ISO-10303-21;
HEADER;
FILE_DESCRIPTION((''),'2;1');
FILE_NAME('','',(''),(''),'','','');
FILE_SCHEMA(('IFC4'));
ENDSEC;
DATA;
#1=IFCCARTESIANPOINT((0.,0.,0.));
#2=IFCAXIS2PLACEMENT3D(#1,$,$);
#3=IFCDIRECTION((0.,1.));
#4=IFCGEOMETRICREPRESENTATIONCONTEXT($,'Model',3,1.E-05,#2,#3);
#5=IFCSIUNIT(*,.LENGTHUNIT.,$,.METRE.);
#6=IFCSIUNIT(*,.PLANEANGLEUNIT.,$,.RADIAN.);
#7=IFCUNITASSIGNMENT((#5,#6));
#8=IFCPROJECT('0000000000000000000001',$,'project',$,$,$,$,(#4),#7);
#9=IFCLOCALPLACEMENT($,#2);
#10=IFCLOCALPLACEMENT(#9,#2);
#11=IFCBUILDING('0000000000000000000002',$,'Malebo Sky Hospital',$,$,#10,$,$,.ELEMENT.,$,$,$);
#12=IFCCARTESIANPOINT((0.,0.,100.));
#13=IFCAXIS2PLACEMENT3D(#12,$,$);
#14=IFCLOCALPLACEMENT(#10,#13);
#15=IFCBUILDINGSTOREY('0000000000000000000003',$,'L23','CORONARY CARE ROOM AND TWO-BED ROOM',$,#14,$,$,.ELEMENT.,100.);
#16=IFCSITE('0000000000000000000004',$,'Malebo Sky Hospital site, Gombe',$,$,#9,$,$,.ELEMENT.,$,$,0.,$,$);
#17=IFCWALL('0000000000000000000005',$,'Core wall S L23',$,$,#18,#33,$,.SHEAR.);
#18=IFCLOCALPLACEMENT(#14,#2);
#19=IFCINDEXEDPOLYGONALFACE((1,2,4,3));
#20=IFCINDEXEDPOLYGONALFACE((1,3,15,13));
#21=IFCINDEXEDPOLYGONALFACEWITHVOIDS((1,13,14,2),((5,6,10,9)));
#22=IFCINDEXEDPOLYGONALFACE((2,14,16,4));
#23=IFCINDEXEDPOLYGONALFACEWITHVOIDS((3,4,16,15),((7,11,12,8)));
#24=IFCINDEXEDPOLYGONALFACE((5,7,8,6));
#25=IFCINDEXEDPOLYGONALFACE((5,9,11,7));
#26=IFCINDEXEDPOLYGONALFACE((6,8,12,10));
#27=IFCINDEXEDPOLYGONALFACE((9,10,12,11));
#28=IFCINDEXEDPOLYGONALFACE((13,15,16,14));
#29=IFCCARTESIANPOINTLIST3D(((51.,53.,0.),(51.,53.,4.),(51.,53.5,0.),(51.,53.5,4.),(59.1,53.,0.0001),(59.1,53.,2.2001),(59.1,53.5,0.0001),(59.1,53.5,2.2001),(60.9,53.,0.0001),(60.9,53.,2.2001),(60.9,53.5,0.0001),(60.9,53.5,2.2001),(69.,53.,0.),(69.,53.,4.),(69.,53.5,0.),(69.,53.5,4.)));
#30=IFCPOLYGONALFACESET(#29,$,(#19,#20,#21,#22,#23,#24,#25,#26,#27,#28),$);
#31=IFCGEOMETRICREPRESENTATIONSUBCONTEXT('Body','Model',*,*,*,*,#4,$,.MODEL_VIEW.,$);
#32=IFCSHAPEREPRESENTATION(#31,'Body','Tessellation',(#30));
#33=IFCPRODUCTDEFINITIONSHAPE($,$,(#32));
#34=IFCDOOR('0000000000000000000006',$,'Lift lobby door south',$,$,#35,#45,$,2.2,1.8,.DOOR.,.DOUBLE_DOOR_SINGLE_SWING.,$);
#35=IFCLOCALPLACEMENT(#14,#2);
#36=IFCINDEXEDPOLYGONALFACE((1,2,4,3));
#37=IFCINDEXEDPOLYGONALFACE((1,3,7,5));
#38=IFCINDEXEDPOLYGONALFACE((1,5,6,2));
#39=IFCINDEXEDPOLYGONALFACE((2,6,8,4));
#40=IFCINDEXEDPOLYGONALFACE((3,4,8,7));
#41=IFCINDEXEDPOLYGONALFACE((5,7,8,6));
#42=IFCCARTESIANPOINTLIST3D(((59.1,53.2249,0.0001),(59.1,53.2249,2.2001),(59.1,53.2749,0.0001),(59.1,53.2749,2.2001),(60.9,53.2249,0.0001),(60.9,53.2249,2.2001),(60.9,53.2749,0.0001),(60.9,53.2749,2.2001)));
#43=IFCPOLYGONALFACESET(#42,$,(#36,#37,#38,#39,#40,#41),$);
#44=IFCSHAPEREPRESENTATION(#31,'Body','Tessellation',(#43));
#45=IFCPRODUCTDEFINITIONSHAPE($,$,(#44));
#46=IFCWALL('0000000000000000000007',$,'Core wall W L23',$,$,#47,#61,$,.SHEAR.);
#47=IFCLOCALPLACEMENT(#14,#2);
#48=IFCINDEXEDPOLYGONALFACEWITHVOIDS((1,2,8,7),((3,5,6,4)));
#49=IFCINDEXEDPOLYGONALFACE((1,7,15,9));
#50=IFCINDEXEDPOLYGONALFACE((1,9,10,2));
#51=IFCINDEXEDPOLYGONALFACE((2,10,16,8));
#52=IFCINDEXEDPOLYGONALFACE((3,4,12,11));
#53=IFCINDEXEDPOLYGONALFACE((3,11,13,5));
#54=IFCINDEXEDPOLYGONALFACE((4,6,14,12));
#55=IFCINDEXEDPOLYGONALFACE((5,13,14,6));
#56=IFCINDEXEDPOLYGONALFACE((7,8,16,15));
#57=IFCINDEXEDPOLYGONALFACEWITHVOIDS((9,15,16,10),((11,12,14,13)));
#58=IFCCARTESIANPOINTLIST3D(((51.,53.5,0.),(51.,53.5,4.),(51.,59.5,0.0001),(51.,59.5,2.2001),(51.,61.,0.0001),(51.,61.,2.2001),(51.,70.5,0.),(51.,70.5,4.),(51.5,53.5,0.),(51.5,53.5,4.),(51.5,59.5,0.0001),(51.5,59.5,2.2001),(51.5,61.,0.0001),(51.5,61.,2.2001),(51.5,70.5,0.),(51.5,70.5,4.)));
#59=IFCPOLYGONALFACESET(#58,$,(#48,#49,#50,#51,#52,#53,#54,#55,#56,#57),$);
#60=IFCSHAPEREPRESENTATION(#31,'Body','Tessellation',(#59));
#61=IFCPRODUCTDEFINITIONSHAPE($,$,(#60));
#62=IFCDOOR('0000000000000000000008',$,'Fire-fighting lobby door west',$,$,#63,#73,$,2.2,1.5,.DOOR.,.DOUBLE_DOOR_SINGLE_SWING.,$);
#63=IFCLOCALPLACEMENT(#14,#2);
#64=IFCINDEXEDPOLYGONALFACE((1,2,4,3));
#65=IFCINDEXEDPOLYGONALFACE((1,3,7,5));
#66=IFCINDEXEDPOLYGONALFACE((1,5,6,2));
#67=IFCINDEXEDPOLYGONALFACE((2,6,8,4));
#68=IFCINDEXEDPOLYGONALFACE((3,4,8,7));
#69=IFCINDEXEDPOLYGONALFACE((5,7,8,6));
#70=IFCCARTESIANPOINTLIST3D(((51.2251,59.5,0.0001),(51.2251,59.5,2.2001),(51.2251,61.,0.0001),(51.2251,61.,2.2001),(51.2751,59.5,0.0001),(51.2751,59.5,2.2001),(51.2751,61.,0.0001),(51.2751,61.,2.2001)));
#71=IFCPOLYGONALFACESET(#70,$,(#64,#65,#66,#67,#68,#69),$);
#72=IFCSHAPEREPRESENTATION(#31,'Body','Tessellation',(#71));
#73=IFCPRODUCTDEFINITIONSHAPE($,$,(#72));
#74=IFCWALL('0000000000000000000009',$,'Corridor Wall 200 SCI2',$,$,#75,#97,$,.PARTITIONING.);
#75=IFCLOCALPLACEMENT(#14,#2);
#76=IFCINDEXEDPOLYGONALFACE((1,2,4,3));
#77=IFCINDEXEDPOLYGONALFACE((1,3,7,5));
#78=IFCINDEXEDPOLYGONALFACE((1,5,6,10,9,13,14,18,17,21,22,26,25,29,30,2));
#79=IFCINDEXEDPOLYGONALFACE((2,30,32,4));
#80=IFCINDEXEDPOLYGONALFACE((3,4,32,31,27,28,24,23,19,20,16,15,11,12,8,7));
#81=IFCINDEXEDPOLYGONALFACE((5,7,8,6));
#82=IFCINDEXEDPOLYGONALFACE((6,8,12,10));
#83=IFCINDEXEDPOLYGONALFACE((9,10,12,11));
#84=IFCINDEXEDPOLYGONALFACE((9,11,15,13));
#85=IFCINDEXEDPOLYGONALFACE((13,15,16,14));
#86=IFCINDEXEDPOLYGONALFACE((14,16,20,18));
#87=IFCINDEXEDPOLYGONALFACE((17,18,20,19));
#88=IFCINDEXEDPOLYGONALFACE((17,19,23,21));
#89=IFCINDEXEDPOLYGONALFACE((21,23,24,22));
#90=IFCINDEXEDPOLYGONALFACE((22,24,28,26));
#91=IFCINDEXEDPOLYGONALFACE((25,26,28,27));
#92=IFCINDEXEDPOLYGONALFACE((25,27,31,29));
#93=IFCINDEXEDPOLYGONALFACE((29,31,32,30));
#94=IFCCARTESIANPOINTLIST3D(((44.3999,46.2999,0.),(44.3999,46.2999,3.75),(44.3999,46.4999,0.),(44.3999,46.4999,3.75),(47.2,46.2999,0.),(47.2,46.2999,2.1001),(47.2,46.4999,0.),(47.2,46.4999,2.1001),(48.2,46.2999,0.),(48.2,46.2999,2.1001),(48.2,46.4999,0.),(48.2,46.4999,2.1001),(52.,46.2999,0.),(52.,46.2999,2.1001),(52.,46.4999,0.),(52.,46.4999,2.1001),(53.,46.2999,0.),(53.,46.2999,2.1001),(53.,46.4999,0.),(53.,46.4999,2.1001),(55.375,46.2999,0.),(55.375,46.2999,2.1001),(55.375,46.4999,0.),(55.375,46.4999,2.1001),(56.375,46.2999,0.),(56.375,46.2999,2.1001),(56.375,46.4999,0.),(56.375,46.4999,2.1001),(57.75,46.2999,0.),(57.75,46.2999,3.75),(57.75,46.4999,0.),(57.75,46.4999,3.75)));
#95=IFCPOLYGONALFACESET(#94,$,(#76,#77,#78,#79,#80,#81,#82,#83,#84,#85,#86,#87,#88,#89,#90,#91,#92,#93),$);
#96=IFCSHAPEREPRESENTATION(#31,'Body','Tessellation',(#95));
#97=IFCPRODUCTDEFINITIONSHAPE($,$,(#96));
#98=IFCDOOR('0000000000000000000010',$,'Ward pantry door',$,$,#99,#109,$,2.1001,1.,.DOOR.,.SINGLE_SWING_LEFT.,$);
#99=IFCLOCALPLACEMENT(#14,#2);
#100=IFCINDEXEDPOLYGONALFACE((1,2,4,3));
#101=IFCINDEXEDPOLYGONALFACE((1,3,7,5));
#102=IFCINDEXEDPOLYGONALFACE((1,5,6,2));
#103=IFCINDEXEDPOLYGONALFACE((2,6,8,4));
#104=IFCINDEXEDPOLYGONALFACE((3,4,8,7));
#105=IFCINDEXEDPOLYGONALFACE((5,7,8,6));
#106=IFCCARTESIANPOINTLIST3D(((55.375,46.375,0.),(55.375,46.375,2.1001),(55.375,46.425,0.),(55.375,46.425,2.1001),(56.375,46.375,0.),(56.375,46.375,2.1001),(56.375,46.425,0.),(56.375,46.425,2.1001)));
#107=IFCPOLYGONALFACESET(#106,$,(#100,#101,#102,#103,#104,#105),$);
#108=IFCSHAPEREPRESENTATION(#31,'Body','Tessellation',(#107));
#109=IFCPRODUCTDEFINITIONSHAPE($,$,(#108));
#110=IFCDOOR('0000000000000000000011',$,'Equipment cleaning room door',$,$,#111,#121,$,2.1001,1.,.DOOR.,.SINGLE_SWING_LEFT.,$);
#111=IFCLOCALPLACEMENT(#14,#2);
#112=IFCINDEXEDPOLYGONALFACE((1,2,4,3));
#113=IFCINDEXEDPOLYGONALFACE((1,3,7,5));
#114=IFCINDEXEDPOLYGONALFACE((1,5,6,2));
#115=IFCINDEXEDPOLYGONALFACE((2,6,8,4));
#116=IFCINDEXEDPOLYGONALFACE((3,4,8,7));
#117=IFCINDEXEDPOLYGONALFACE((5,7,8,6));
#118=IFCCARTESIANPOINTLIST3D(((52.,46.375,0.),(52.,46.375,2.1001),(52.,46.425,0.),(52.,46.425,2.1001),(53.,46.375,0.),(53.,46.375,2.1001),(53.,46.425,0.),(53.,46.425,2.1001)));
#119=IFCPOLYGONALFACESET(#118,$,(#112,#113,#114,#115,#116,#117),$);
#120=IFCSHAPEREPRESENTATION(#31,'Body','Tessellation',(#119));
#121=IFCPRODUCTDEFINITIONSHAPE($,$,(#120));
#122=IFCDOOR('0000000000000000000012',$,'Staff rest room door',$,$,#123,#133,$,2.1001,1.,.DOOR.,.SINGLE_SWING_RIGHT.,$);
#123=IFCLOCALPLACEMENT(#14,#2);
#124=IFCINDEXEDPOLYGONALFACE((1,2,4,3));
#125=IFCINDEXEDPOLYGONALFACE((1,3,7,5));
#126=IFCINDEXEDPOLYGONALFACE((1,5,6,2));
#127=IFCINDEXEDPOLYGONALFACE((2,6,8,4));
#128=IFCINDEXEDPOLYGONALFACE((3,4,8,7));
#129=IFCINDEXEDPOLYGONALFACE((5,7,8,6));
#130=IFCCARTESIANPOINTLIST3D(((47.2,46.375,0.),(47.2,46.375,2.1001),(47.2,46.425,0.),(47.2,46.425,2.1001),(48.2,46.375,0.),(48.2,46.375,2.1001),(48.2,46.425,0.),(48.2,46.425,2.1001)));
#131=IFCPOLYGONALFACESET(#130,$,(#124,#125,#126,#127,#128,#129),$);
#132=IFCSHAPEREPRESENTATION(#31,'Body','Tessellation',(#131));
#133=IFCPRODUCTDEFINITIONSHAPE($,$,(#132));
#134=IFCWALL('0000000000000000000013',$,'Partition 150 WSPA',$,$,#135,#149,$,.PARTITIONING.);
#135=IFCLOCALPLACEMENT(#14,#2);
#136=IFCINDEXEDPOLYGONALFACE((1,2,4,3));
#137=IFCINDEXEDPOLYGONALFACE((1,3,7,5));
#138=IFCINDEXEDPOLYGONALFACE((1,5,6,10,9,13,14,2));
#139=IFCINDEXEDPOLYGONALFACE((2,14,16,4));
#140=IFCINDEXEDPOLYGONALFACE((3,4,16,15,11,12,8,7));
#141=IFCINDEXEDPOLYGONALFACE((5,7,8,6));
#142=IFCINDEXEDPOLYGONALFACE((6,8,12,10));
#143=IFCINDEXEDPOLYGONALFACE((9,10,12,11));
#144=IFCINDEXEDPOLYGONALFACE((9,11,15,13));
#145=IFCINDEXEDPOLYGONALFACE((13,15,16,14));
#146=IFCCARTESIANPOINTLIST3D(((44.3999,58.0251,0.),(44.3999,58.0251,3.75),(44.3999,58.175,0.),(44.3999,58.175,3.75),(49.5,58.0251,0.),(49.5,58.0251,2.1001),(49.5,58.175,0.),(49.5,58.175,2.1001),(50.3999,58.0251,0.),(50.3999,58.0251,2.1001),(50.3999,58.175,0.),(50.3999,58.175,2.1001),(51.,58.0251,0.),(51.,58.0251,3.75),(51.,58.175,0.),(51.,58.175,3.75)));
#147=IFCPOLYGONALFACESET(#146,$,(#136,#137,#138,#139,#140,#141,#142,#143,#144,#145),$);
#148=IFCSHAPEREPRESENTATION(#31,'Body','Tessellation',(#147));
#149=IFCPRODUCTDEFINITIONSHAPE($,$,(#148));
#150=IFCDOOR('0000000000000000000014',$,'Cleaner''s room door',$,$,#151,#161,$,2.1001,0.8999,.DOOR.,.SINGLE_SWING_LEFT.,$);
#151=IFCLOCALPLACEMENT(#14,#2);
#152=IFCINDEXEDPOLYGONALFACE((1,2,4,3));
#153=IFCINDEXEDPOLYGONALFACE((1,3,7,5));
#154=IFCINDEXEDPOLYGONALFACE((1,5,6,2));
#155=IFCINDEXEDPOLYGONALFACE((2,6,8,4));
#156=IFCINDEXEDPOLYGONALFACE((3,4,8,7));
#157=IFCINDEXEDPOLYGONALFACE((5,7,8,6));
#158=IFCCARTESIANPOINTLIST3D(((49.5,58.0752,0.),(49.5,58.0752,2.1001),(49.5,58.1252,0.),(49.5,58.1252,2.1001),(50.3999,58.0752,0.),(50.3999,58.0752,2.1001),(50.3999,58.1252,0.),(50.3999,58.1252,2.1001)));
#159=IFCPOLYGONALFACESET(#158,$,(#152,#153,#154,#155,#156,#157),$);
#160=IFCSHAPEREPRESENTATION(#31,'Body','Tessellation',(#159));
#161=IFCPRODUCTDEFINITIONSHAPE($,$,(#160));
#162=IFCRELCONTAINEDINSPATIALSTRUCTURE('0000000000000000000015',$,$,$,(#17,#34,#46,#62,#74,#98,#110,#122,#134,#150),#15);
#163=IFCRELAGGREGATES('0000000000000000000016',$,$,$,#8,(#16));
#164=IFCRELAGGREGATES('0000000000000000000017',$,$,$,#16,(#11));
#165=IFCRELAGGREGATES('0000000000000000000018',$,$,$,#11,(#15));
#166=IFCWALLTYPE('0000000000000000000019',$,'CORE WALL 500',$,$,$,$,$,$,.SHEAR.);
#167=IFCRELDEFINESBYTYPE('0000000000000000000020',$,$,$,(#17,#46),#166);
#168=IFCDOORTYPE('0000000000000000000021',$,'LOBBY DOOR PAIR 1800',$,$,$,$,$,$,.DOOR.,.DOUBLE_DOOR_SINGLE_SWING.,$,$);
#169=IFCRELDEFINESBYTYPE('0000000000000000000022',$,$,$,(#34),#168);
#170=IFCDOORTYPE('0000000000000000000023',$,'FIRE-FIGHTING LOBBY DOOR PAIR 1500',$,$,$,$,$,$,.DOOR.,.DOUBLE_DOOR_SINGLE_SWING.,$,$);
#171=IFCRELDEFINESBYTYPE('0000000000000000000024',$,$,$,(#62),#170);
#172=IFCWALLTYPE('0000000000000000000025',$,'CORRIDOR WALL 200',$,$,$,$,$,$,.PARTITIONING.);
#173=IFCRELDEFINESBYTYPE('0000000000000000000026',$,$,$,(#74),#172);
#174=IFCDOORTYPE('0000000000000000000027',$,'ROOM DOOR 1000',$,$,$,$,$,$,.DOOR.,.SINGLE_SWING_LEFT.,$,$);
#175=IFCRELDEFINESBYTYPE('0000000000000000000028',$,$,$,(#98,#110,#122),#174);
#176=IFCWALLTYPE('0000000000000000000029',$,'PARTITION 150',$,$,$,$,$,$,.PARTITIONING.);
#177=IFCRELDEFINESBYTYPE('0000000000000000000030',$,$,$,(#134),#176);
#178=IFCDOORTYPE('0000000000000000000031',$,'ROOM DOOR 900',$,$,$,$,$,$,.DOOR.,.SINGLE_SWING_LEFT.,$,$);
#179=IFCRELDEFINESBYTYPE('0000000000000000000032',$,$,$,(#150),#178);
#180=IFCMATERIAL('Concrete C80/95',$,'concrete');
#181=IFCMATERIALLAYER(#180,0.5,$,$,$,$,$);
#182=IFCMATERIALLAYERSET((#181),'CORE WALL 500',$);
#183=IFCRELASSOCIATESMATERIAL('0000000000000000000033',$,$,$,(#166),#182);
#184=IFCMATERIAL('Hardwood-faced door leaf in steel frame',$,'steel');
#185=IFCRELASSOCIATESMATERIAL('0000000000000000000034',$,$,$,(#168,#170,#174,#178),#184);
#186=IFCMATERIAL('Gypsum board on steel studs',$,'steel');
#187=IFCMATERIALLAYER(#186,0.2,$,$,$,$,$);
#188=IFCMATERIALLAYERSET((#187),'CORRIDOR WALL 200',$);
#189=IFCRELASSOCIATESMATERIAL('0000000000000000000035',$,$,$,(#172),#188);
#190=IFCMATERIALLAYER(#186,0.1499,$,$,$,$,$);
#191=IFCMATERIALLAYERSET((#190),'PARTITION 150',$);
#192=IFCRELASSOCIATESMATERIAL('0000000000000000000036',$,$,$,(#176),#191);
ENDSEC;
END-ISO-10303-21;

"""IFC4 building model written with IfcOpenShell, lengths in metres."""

from ifc_helpers import new_model, si_unit, direction, frame, frame_2d, origin, place, context, subcontext, project, spatial, rectangle, extrude, material, layer, layer_set, type_object, element, fill, save


model = new_model("IFC4")

# Units and contexts
model_context = context("Model", 3, precision=1e-05, world=origin(), true_north=direction((0.0, 1.0)))
body_context = subcontext(model_context, "Body", "Model", "MODEL_VIEW")
ifc_project = project(units=[si_unit("LENGTHUNIT", "METRE"), si_unit("PLANEANGLEUNIT", "RADIAN")], contexts=[model_context])

# Site, building, storey
site_placement = place(None, origin())
site = spatial("IfcSite", under=ifc_project, at=site_placement, Name="Malebo Sky Hospital site, Gombe", CompositionType="ELEMENT", RefElevation=0.0)
building_placement = place(site_placement, origin())
building = spatial("IfcBuilding", under=site, at=building_placement, Name="Malebo Sky Hospital", CompositionType="ELEMENT")
storey_placement = place(building_placement, frame((0.0, 0.0, 100.0)))
storey = spatial("IfcBuildingStorey", under=building, at=storey_placement, Name="L23", Description="CORONARY CARE ROOM AND TWO-BED ROOM", CompositionType="ELEMENT", Elevation=100.0)

# Shared definitions
ifc_material_1 = material(Name="Concrete C80/95", Category="concrete")

# Walls, openings, doors
ifc_layer_1 = layer(ifc_material_1, 0.5)
ifc_layer_set_1 = layer_set([ifc_layer_1], Name="CORE WALL 500")
wall_type_1 = type_object("IfcWallType", Name="CORE WALL 500", PredefinedType="SHEAR", material=ifc_layer_set_1)
wall_1_placement = place(storey_placement, frame((51.0, 53.25, 0.0), z_axis=(0.0, 0.0, 1.0), x_axis=(1.0, 0.0, 0.0)))
wall_1 = element("IfcWall", 1, at=wall_1_placement, inside=storey, type_object=wall_type_1, Name="Core wall S L23", PredefinedType="SHEAR", context=body_context, shape_type="SweptSolid", body=[
    extrude(rectangle(XDim=18.0, YDim=0.5, at=frame_2d((9.0, 0.0))), origin(), (0.0, 0.0, 1.0), 4.0),
])
opening_1_placement = place(wall_1_placement, frame((8.1001, 0.0, 0.0)))
opening_1 = element("IfcOpeningElement", 2, at=opening_1_placement, cuts=wall_1, PredefinedType="OPENING", context=body_context, shape_type="SweptSolid", body=[
    extrude(rectangle(XDim=1.8, YDim=2.2, at=frame_2d((0.8999, 1.1001))), frame((0.0, 0.26, 0.0), z_axis=(0.0, -1.0, 0.0), x_axis=(1.0, 0.0, 0.0)), (0.0, 0.0, 1.0), 0.52),
])
ifc_material_2 = material(Name="Hardwood-faced door leaf in steel frame", Category="steel")
door_type_1 = type_object("IfcDoorType", Name="LOBBY DOOR PAIR 1800", OperationType="DOUBLE_DOOR_SINGLE_SWING", PredefinedType="DOOR", material=ifc_material_2)
door_1_placement = place(opening_1_placement, origin())
door_1 = element("IfcDoor", 3, at=door_1_placement, inside=storey, type_object=door_type_1, Name="Lift lobby door south", OperationType="DOUBLE_DOOR_SINGLE_SWING", OverallHeight=2.2, OverallWidth=1.8, PredefinedType="DOOR", context=body_context, shape_type="SweptSolid", body=[
    extrude(rectangle(XDim=1.8, YDim=2.2, at=frame_2d((0.8999, 1.1001))), frame((0.0, 0.0249, 0.0), z_axis=(0.0, -1.0, 0.0), x_axis=(1.0, 0.0, 0.0)), (0.0, 0.0, 1.0), 0.05),
])
fill(opening_1, door_1)
wall_2_placement = place(storey_placement, frame((51.25, 53.5, 0.0), z_axis=(0.0, 0.0, 1.0), x_axis=(0.0, 1.0, 0.0)))
wall_2 = element("IfcWall", 4, at=wall_2_placement, inside=storey, type_object=wall_type_1, Name="Core wall W L23", PredefinedType="SHEAR", context=body_context, shape_type="SweptSolid", body=[
    extrude(rectangle(XDim=17.0, YDim=0.5, at=frame_2d((8.5, 0.0))), origin(), (0.0, 0.0, 1.0), 4.0),
])
opening_2_placement = place(wall_2_placement, frame((6.0, 0.0, 0.0)))
opening_2 = element("IfcOpeningElement", 5, at=opening_2_placement, cuts=wall_2, PredefinedType="OPENING", context=body_context, shape_type="SweptSolid", body=[
    extrude(rectangle(XDim=1.5, YDim=2.2, at=frame_2d((0.75, 1.1001))), frame((0.0, 0.26, 0.0), z_axis=(0.0, -1.0, 0.0), x_axis=(1.0, 0.0, 0.0)), (0.0, 0.0, 1.0), 0.52),
])
door_type_2 = type_object("IfcDoorType", Name="FIRE-FIGHTING LOBBY DOOR PAIR 1500", OperationType="DOUBLE_DOOR_SINGLE_SWING", PredefinedType="DOOR", material=ifc_material_2)
door_2_placement = place(opening_2_placement, origin())
door_2 = element("IfcDoor", 6, at=door_2_placement, inside=storey, type_object=door_type_2, Name="Fire-fighting lobby door west", OperationType="DOUBLE_DOOR_SINGLE_SWING", OverallHeight=2.2, OverallWidth=1.5, PredefinedType="DOOR", context=body_context, shape_type="SweptSolid", body=[
    extrude(rectangle(XDim=1.5, YDim=2.2, at=frame_2d((0.75, 1.1001))), frame((0.0, 0.0249, 0.0), z_axis=(0.0, -1.0, 0.0), x_axis=(1.0, 0.0, 0.0)), (0.0, 0.0, 1.0), 0.05),
])
fill(opening_2, door_2)

# Wall, openings, doors
ifc_material_3 = material(Name="Gypsum board on steel studs", Category="steel")
ifc_layer_2 = layer(ifc_material_3, 0.2)
ifc_layer_set_2 = layer_set([ifc_layer_2], Name="CORRIDOR WALL 200")
wall_type_2 = type_object("IfcWallType", Name="CORRIDOR WALL 200", PredefinedType="PARTITIONING", material=ifc_layer_set_2)
wall_3_placement = place(storey_placement, frame((57.75, 46.3999, 0.0), z_axis=(0.0, 0.0, 1.0), x_axis=(-1.0, 0.0, 0.0)))
wall_3 = element("IfcWall", 7, at=wall_3_placement, inside=storey, type_object=wall_type_2, Name="Corridor Wall 200 SCI2", PredefinedType="PARTITIONING", context=body_context, shape_type="SweptSolid", body=[
    extrude(rectangle(XDim=13.3501, YDim=0.2, at=frame_2d((6.675, 0.0))), origin(), (0.0, 0.0, 1.0), 3.75),
])
opening_3_placement = place(wall_3_placement, frame((1.375, 0.0, 0.0)))
opening_3 = element("IfcOpeningElement", 8, at=opening_3_placement, cuts=wall_3, PredefinedType="OPENING", context=body_context, shape_type="SweptSolid", body=[
    extrude(rectangle(XDim=1.0, YDim=2.1001, at=frame_2d((0.5, 1.05))), frame((0.0, 0.1099, 0.0), z_axis=(0.0, -1.0, 0.0), x_axis=(1.0, 0.0, 0.0)), (0.0, 0.0, 1.0), 0.22),
])
opening_4_placement = place(wall_3_placement, frame((4.75, 0.0, 0.0)))
opening_4 = element("IfcOpeningElement", 9, at=opening_4_placement, cuts=wall_3, PredefinedType="OPENING", context=body_context, shape_type="SweptSolid", body=[
    extrude(rectangle(XDim=1.0, YDim=2.1001, at=frame_2d((0.5, 1.05))), frame((0.0, 0.1099, 0.0), z_axis=(0.0, -1.0, 0.0), x_axis=(1.0, 0.0, 0.0)), (0.0, 0.0, 1.0), 0.22),
])
opening_5_placement = place(wall_3_placement, frame((9.55, 0.0, 0.0)))
opening_5 = element("IfcOpeningElement", 10, at=opening_5_placement, cuts=wall_3, PredefinedType="OPENING", context=body_context, shape_type="SweptSolid", body=[
    extrude(rectangle(XDim=1.0, YDim=2.1001, at=frame_2d((0.5, 1.05))), frame((0.0, 0.1099, 0.0), z_axis=(0.0, -1.0, 0.0), x_axis=(1.0, 0.0, 0.0)), (0.0, 0.0, 1.0), 0.22),
])
door_type_3 = type_object("IfcDoorType", Name="ROOM DOOR 1000", OperationType="SINGLE_SWING_LEFT", PredefinedType="DOOR", material=ifc_material_2)
door_3_placement = place(opening_3_placement, origin())
door_3 = element("IfcDoor", 11, at=door_3_placement, inside=storey, type_object=door_type_3, Name="Ward pantry door", OperationType="SINGLE_SWING_LEFT", OverallHeight=2.1001, OverallWidth=1.0, PredefinedType="DOOR", context=body_context, shape_type="SweptSolid", body=[
    extrude(rectangle(XDim=1.0, YDim=2.1001, at=frame_2d((0.5, 1.05))), frame((0.0, 0.0249, 0.0), z_axis=(0.0, -1.0, 0.0), x_axis=(1.0, 0.0, 0.0)), (0.0, 0.0, 1.0), 0.05),
])
fill(opening_3, door_3)
door_4_placement = place(opening_4_placement, origin())
door_4 = element("IfcDoor", 12, at=door_4_placement, inside=storey, type_object=door_type_3, Name="Equipment cleaning room door", OperationType="SINGLE_SWING_LEFT", OverallHeight=2.1001, OverallWidth=1.0, PredefinedType="DOOR", context=body_context, shape_type="SweptSolid", body=[
    extrude(rectangle(XDim=1.0, YDim=2.1001, at=frame_2d((0.5, 1.05))), frame((0.0, 0.0249, 0.0), z_axis=(0.0, -1.0, 0.0), x_axis=(1.0, 0.0, 0.0)), (0.0, 0.0, 1.0), 0.05),
])
fill(opening_4, door_4)
door_5_placement = place(opening_5_placement, origin())
door_5 = element("IfcDoor", 13, at=door_5_placement, inside=storey, type_object=door_type_3, Name="Staff rest room door", OperationType="SINGLE_SWING_RIGHT", OverallHeight=2.1001, OverallWidth=1.0, PredefinedType="DOOR", context=body_context, shape_type="SweptSolid", body=[
    extrude(rectangle(XDim=1.0, YDim=2.1001, at=frame_2d((0.5, 1.05))), frame((0.0, 0.0249, 0.0), z_axis=(0.0, -1.0, 0.0), x_axis=(1.0, 0.0, 0.0)), (0.0, 0.0, 1.0), 0.05),
])
fill(opening_5, door_5)

# Wall, opening, door
ifc_layer_3 = layer(ifc_material_3, 0.1499)
ifc_layer_set_3 = layer_set([ifc_layer_3], Name="PARTITION 150")
wall_type_3 = type_object("IfcWallType", Name="PARTITION 150", PredefinedType="PARTITIONING", material=ifc_layer_set_3)
wall_4_placement = place(storey_placement, frame((51.0, 58.1001, 0.0), z_axis=(0.0, 0.0, 1.0), x_axis=(-1.0, 0.0, 0.0)))
wall_4 = element("IfcWall", 14, at=wall_4_placement, inside=storey, type_object=wall_type_3, Name="Partition 150 WSPA", PredefinedType="PARTITIONING", context=body_context, shape_type="SweptSolid", body=[
    extrude(rectangle(XDim=6.6001, YDim=0.1499, at=frame_2d((3.3, 0.0))), origin(), (0.0, 0.0, 1.0), 3.75),
])
opening_6_placement = place(wall_4_placement, frame((0.6001, 0.0, 0.0)))
opening_6 = element("IfcOpeningElement", 15, at=opening_6_placement, cuts=wall_4, PredefinedType="OPENING", context=body_context, shape_type="SweptSolid", body=[
    extrude(rectangle(XDim=0.8999, YDim=2.1001, at=frame_2d((0.45, 1.05))), frame((0.0, 0.085, 0.0), z_axis=(0.0, -1.0, 0.0), x_axis=(1.0, 0.0, 0.0)), (0.0, 0.0, 1.0), 0.1699),
])
door_type_4 = type_object("IfcDoorType", Name="ROOM DOOR 900", OperationType="SINGLE_SWING_LEFT", PredefinedType="DOOR", material=ifc_material_2)
door_6_placement = place(opening_6_placement, origin())
door_6 = element("IfcDoor", 16, at=door_6_placement, inside=storey, type_object=door_type_4, Name="Cleaner's room door", OperationType="SINGLE_SWING_LEFT", OverallHeight=2.1001, OverallWidth=0.8999, PredefinedType="DOOR", context=body_context, shape_type="SweptSolid", body=[
    extrude(rectangle(XDim=0.8999, YDim=2.1001, at=frame_2d((0.45, 1.05))), frame((0.0, 0.0249, 0.0), z_axis=(0.0, -1.0, 0.0), x_axis=(1.0, 0.0, 0.0)), (0.0, 0.0, 1.0), 0.05),
])
fill(opening_6, door_6)

save(model, "model.ifc")
